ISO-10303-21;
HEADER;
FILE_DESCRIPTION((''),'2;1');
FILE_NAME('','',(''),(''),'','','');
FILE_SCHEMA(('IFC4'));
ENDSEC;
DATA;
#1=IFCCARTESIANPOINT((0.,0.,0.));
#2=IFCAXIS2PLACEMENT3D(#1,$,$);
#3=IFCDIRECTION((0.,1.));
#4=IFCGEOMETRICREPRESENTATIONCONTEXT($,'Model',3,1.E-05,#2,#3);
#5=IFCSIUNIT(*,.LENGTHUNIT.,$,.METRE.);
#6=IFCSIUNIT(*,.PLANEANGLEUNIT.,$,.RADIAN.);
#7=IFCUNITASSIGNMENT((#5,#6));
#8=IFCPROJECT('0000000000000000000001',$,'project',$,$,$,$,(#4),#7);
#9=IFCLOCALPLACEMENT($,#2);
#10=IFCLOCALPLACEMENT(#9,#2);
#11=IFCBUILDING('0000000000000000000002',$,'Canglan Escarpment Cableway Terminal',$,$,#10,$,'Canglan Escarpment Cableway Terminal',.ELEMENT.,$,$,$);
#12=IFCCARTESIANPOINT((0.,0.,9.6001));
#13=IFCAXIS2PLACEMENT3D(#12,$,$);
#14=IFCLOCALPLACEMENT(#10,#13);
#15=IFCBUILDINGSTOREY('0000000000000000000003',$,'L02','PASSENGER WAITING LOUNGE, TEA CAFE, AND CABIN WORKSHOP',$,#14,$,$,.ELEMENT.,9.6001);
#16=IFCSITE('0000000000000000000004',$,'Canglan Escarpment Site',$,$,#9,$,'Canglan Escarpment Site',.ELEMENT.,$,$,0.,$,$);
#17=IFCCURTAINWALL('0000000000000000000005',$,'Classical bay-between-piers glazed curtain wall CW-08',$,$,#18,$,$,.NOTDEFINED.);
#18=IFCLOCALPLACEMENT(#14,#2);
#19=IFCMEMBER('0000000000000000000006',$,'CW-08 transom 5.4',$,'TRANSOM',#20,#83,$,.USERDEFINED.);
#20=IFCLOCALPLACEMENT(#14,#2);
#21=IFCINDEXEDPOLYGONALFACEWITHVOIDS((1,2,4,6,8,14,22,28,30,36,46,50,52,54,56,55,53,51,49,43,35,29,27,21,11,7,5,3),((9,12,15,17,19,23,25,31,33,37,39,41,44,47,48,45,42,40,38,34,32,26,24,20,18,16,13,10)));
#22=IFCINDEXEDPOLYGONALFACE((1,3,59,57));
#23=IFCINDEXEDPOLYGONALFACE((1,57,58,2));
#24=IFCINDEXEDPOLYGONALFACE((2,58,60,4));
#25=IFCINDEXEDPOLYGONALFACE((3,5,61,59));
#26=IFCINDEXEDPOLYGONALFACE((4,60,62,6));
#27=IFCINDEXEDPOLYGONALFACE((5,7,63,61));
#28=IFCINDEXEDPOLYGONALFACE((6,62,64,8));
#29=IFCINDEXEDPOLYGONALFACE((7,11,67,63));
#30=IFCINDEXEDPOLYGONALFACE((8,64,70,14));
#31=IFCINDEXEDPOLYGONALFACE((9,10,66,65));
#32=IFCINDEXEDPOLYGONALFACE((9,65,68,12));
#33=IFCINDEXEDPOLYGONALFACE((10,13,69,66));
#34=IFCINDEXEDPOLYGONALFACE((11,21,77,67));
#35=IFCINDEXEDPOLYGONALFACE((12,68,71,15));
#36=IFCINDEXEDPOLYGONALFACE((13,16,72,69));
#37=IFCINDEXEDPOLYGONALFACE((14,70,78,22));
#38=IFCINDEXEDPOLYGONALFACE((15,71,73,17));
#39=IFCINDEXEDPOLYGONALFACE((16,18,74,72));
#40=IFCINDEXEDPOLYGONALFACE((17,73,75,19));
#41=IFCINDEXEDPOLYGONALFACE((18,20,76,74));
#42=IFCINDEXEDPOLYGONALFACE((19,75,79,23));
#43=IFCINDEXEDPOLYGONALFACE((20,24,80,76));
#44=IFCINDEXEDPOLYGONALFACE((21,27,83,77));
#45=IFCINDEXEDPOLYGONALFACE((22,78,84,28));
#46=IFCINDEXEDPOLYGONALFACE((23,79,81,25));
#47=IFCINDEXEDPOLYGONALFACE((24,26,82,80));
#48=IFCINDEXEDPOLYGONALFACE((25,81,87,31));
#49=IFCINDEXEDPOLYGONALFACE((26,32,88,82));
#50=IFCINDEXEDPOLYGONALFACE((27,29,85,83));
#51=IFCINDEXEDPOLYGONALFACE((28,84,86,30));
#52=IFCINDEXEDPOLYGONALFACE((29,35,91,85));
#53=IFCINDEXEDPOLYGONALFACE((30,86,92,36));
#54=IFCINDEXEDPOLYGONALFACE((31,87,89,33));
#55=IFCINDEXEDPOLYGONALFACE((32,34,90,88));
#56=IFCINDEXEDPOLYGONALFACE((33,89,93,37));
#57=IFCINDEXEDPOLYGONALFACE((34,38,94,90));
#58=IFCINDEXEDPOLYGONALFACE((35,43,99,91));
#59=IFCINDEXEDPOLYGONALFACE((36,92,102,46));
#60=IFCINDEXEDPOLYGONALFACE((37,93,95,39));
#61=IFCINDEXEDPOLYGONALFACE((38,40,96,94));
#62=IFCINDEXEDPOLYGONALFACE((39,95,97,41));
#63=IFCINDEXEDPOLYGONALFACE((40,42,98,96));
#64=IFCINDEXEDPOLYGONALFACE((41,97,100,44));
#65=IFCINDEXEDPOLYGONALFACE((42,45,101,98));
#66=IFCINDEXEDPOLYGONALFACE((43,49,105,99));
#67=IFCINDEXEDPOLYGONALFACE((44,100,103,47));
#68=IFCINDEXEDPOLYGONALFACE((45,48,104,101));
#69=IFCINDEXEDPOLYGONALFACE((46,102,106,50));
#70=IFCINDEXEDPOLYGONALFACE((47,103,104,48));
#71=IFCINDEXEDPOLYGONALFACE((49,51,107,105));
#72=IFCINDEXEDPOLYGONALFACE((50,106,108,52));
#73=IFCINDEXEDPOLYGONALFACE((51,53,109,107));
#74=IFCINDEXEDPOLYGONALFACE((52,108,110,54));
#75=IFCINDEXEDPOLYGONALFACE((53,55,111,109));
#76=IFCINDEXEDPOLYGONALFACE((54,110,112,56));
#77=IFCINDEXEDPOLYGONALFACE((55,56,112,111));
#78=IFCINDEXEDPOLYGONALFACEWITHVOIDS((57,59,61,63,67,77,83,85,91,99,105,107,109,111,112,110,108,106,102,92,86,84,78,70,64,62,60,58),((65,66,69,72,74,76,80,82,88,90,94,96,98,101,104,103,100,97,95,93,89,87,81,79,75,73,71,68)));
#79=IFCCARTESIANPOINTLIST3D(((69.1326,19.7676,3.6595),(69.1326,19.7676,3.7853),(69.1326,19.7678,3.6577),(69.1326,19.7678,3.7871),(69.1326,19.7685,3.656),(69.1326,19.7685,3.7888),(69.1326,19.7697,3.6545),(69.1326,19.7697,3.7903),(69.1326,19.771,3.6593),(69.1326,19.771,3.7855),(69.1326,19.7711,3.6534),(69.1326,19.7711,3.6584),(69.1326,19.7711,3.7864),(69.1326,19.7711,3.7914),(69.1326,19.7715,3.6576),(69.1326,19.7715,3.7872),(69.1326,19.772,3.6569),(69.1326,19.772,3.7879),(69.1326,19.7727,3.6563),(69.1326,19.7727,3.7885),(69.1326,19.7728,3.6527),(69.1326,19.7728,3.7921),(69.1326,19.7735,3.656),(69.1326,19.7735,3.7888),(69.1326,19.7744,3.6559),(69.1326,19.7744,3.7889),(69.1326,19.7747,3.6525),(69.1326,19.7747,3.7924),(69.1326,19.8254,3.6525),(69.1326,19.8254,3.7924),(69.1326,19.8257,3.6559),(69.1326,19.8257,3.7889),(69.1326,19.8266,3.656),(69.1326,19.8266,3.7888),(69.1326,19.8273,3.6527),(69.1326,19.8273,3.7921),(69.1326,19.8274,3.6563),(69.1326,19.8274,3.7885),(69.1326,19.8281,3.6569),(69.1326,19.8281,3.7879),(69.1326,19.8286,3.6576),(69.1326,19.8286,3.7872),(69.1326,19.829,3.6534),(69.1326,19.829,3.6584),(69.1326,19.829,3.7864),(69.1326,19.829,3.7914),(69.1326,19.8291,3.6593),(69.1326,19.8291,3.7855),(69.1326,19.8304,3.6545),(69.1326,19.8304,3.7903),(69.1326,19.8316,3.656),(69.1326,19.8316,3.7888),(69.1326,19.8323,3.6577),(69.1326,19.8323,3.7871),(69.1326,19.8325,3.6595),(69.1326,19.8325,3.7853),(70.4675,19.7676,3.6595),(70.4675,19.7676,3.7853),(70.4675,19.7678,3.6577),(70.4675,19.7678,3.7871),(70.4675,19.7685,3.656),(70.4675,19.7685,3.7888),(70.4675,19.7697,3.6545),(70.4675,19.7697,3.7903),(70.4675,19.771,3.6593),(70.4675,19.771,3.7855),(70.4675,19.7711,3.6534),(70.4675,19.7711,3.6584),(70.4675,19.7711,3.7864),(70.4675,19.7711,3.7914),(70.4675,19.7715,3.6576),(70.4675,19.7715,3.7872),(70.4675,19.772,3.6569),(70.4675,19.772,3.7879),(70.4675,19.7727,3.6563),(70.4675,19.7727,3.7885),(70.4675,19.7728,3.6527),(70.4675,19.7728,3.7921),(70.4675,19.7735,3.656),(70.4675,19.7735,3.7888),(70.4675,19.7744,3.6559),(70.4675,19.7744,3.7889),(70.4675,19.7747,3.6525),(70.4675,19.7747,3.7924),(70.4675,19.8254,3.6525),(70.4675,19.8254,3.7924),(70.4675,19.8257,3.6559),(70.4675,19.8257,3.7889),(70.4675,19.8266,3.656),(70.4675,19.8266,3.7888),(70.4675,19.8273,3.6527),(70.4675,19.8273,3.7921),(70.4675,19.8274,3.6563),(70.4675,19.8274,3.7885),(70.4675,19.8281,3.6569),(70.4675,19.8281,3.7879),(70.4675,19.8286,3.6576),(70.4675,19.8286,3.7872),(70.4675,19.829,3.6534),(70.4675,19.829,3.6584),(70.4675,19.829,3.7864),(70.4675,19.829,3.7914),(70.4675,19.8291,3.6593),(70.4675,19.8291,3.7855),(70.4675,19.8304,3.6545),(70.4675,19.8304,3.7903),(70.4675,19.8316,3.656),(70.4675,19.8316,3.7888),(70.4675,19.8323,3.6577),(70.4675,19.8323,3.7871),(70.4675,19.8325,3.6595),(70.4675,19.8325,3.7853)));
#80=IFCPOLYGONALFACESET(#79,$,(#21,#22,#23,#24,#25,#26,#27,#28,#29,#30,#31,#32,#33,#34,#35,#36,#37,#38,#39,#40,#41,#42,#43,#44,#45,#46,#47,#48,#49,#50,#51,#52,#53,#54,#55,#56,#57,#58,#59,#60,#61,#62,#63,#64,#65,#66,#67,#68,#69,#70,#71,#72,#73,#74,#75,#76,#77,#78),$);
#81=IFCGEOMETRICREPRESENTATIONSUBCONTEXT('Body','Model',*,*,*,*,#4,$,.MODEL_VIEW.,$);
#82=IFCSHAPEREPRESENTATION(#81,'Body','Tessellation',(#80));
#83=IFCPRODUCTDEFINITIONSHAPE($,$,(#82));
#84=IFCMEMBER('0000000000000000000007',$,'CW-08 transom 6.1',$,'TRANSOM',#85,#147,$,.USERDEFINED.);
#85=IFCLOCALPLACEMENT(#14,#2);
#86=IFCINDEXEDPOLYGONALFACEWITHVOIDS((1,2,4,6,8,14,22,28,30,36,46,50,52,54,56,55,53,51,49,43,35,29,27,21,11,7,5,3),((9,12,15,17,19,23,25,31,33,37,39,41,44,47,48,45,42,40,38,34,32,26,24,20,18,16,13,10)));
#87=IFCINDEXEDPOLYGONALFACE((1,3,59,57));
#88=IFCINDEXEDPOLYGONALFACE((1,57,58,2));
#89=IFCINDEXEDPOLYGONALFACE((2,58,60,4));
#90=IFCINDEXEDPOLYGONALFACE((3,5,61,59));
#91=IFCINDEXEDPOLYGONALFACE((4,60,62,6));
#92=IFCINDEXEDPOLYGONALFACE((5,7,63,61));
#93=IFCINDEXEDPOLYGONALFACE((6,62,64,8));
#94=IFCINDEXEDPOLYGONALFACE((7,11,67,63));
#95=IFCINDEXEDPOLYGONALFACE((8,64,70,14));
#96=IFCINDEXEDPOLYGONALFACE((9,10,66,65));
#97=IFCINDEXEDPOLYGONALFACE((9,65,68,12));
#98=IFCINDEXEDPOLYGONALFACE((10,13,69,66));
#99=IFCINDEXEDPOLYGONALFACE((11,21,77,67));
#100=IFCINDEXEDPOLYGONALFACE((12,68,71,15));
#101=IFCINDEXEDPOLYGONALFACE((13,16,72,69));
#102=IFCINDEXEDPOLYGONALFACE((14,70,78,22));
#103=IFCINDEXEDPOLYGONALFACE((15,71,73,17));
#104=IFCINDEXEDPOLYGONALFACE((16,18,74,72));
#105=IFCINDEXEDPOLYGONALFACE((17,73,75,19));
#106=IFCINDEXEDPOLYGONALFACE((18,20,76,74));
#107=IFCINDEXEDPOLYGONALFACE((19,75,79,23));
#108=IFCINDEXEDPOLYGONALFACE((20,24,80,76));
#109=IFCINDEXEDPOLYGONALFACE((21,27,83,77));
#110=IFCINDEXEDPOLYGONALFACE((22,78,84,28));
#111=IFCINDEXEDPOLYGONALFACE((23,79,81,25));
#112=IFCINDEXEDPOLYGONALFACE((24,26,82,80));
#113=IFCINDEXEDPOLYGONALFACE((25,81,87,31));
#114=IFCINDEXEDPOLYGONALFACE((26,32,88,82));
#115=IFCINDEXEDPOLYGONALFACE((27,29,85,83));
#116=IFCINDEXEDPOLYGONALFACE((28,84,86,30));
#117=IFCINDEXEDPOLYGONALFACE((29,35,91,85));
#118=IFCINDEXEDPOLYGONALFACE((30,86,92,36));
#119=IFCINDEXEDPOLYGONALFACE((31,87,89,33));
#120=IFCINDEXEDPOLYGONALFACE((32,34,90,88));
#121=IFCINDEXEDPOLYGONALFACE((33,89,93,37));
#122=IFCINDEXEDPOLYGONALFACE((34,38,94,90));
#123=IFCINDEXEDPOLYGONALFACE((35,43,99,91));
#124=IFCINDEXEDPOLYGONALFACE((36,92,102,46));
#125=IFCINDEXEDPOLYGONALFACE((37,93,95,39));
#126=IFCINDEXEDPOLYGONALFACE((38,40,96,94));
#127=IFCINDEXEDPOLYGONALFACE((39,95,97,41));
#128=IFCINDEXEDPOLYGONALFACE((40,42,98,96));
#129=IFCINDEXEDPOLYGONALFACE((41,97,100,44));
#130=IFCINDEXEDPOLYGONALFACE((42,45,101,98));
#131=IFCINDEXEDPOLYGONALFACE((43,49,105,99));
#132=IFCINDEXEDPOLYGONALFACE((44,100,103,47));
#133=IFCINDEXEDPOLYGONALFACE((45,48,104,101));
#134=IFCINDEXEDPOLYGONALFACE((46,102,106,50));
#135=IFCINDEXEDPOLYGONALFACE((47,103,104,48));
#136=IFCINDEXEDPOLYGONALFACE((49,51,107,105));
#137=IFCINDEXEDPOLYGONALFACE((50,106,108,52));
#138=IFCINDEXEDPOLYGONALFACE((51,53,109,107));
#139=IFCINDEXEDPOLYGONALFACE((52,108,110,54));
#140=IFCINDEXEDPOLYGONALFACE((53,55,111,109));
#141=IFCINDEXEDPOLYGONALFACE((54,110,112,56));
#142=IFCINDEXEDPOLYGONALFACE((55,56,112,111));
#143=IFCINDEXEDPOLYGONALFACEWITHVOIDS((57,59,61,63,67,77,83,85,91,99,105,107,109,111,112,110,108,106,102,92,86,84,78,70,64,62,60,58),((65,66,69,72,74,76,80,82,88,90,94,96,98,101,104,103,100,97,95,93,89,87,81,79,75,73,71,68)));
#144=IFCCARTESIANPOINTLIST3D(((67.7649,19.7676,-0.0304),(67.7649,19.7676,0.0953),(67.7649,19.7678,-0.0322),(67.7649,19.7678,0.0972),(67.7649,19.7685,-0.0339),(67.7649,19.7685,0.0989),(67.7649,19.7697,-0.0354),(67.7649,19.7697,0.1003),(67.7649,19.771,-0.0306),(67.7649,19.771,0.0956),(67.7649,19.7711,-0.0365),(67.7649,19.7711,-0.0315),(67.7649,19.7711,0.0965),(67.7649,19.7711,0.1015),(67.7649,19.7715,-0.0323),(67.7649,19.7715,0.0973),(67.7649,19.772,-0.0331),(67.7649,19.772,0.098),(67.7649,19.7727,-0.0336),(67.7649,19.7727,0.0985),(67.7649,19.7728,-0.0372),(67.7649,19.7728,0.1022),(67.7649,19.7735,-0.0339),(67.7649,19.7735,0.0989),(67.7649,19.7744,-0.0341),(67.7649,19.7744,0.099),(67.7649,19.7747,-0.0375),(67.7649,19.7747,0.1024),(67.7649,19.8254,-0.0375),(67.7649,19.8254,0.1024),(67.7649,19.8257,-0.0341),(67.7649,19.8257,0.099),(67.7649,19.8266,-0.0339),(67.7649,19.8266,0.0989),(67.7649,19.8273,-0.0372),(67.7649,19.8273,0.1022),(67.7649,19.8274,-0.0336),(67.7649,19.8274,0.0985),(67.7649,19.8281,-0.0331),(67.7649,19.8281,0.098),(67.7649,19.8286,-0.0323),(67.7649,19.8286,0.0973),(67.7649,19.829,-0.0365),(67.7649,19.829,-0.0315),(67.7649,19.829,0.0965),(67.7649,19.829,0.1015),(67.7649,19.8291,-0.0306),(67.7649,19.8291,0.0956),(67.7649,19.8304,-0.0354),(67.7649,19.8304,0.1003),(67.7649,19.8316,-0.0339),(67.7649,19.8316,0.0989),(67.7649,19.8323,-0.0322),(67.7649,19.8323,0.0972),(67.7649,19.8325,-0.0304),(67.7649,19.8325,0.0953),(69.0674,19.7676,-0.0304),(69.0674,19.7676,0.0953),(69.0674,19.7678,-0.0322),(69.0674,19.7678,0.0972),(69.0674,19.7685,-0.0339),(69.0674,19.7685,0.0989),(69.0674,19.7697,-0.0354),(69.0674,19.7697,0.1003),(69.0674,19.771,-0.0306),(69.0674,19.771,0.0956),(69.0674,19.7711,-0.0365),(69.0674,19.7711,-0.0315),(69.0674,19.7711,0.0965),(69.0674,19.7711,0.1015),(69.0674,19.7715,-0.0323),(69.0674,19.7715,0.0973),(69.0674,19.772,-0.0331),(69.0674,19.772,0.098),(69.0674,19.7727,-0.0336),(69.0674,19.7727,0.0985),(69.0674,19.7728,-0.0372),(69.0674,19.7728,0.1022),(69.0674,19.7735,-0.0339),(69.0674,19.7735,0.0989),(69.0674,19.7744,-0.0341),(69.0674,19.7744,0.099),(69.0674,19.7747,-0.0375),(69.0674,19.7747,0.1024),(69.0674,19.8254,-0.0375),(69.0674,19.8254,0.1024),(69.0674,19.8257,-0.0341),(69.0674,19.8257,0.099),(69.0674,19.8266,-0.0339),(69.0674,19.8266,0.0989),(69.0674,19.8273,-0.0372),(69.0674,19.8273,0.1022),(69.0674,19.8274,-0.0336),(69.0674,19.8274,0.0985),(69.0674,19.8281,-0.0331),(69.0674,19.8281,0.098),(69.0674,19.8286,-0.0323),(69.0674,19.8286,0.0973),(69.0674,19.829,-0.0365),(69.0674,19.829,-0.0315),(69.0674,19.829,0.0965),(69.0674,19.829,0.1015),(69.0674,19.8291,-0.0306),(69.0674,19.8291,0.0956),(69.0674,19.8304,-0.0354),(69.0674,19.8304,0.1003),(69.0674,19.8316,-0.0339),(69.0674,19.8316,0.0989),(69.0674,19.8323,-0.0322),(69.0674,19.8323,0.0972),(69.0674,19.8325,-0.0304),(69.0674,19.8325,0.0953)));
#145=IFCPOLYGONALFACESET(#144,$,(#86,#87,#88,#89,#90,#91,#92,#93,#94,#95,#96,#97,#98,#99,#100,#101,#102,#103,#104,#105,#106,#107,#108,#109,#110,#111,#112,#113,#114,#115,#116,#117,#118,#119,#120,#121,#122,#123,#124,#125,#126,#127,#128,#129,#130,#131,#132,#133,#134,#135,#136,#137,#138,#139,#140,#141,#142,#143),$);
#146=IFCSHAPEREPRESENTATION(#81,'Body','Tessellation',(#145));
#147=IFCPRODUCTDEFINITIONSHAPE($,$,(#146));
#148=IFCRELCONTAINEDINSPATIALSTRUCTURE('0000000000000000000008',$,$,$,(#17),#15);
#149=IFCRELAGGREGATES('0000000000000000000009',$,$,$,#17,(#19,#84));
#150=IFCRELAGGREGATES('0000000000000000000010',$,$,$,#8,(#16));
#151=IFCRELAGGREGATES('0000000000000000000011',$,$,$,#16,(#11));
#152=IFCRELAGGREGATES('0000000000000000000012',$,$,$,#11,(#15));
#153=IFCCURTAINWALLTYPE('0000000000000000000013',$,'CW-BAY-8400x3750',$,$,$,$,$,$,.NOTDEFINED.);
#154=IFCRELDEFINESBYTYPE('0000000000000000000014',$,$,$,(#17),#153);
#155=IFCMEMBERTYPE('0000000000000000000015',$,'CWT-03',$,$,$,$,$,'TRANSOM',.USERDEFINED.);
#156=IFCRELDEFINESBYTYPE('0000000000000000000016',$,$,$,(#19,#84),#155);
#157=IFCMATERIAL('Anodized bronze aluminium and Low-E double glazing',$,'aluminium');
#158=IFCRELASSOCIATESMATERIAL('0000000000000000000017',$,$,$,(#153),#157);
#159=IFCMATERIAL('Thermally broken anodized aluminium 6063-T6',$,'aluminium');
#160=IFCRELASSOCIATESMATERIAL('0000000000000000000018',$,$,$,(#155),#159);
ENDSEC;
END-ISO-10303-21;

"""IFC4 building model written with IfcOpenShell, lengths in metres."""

from ifc_helpers import new_model, si_unit, direction, frame, origin, origin_2d, place, context, subcontext, project, spatial, hollow_rectangle, extrude, material, material_profile, profile_set, type_object, element, aggregate, save


model = new_model("IFC4")

# Units and contexts
model_context = context("Model", 3, precision=1e-05, world=origin(), true_north=direction((0.0, 1.0)))
body_context = subcontext(model_context, "Body", "Model", "MODEL_VIEW")
ifc_project = project(units=[si_unit("LENGTHUNIT", "METRE"), si_unit("PLANEANGLEUNIT", "RADIAN")], contexts=[model_context])

# Site, building, storey
site_placement = place(None, origin())
site = spatial("IfcSite", under=ifc_project, at=site_placement, Name="Canglan Escarpment Site", LongName="Canglan Escarpment Site", CompositionType="ELEMENT", RefElevation=0.0)
building_placement = place(site_placement, origin())
building = spatial("IfcBuilding", under=site, at=building_placement, Name="Canglan Escarpment Cableway Terminal", LongName="Canglan Escarpment Cableway Terminal", CompositionType="ELEMENT")
storey_placement = place(building_placement, frame((0.0, 0.0, 9.6001)))
storey = spatial("IfcBuildingStorey", under=building, at=storey_placement, Name="L02", Description="PASSENGER WAITING LOUNGE, TEA CAFE, AND CABIN WORKSHOP", CompositionType="ELEMENT", Elevation=9.6001)

# Curtain wall, members
ifc_material_1 = material(Name="Anodized bronze aluminium and Low-E double glazing", Category="aluminium")
curtain_wall_type = type_object("IfcCurtainWallType", Name="CW-BAY-8400x3750", PredefinedType="NOTDEFINED", material=ifc_material_1)
curtain_wall_placement = place(storey_placement, origin())
curtain_wall = element("IfcCurtainWall", 1, at=curtain_wall_placement, inside=storey, type_object=curtain_wall_type, Name="Classical bay-between-piers glazed curtain wall CW-08", PredefinedType="NOTDEFINED")
ifc_material_2 = material(Name="Thermally broken anodized aluminium 6063-T6", Category="aluminium")
ifc_material_profile_1 = material_profile(ifc_material_2, hollow_rectangle(XDim=0.0649, YDim=0.1399, WallThickness=0.0034, InnerFilletRadius=0.0034, OuterFilletRadius=0.0071, at=origin_2d()), Name="ALU-TRAN 65x140x3.5")
ifc_profile_set_1 = profile_set([ifc_material_profile_1], Name="Thermally broken anodized aluminium 6063-T6")
member_type_1 = type_object("IfcMemberType", Name="CWT-03", ElementType="TRANSOM", PredefinedType="USERDEFINED", material=ifc_profile_set_1)
member_1_placement = place(storey_placement, frame((70.4675, 19.8, 3.7224), z_axis=(-1.0, 0.0, 0.0), x_axis=(0.0, -1.0, 0.0)))
member_1 = element("IfcMember", 2, at=member_1_placement, type_object=member_type_1, Name="CW-08 transom 5.4", ObjectType="TRANSOM", PredefinedType="USERDEFINED", context=body_context, shape_type="SweptSolid", body=[
    extrude(hollow_rectangle(XDim=0.0649, YDim=0.1399, WallThickness=0.0034, InnerFilletRadius=0.0034, OuterFilletRadius=0.0071, at=origin_2d()), origin(), (0.0, 0.0, 1.0), 1.335),
])
member_2_placement = place(storey_placement, frame((69.0674, 19.8, 0.0325), z_axis=(-1.0, 0.0, 0.0), x_axis=(0.0, -1.0, 0.0)))
member_2 = element("IfcMember", 3, at=member_2_placement, type_object=member_type_1, Name="CW-08 transom 6.1", ObjectType="TRANSOM", PredefinedType="USERDEFINED", context=body_context, shape_type="SweptSolid", body=[
    extrude(hollow_rectangle(XDim=0.0649, YDim=0.1399, WallThickness=0.0034, InnerFilletRadius=0.0034, OuterFilletRadius=0.0071, at=origin_2d()), origin(), (0.0, 0.0, 1.0), 1.3025),
])
aggregate(curtain_wall, [member_1, member_2])

save(model, "model.ifc")
